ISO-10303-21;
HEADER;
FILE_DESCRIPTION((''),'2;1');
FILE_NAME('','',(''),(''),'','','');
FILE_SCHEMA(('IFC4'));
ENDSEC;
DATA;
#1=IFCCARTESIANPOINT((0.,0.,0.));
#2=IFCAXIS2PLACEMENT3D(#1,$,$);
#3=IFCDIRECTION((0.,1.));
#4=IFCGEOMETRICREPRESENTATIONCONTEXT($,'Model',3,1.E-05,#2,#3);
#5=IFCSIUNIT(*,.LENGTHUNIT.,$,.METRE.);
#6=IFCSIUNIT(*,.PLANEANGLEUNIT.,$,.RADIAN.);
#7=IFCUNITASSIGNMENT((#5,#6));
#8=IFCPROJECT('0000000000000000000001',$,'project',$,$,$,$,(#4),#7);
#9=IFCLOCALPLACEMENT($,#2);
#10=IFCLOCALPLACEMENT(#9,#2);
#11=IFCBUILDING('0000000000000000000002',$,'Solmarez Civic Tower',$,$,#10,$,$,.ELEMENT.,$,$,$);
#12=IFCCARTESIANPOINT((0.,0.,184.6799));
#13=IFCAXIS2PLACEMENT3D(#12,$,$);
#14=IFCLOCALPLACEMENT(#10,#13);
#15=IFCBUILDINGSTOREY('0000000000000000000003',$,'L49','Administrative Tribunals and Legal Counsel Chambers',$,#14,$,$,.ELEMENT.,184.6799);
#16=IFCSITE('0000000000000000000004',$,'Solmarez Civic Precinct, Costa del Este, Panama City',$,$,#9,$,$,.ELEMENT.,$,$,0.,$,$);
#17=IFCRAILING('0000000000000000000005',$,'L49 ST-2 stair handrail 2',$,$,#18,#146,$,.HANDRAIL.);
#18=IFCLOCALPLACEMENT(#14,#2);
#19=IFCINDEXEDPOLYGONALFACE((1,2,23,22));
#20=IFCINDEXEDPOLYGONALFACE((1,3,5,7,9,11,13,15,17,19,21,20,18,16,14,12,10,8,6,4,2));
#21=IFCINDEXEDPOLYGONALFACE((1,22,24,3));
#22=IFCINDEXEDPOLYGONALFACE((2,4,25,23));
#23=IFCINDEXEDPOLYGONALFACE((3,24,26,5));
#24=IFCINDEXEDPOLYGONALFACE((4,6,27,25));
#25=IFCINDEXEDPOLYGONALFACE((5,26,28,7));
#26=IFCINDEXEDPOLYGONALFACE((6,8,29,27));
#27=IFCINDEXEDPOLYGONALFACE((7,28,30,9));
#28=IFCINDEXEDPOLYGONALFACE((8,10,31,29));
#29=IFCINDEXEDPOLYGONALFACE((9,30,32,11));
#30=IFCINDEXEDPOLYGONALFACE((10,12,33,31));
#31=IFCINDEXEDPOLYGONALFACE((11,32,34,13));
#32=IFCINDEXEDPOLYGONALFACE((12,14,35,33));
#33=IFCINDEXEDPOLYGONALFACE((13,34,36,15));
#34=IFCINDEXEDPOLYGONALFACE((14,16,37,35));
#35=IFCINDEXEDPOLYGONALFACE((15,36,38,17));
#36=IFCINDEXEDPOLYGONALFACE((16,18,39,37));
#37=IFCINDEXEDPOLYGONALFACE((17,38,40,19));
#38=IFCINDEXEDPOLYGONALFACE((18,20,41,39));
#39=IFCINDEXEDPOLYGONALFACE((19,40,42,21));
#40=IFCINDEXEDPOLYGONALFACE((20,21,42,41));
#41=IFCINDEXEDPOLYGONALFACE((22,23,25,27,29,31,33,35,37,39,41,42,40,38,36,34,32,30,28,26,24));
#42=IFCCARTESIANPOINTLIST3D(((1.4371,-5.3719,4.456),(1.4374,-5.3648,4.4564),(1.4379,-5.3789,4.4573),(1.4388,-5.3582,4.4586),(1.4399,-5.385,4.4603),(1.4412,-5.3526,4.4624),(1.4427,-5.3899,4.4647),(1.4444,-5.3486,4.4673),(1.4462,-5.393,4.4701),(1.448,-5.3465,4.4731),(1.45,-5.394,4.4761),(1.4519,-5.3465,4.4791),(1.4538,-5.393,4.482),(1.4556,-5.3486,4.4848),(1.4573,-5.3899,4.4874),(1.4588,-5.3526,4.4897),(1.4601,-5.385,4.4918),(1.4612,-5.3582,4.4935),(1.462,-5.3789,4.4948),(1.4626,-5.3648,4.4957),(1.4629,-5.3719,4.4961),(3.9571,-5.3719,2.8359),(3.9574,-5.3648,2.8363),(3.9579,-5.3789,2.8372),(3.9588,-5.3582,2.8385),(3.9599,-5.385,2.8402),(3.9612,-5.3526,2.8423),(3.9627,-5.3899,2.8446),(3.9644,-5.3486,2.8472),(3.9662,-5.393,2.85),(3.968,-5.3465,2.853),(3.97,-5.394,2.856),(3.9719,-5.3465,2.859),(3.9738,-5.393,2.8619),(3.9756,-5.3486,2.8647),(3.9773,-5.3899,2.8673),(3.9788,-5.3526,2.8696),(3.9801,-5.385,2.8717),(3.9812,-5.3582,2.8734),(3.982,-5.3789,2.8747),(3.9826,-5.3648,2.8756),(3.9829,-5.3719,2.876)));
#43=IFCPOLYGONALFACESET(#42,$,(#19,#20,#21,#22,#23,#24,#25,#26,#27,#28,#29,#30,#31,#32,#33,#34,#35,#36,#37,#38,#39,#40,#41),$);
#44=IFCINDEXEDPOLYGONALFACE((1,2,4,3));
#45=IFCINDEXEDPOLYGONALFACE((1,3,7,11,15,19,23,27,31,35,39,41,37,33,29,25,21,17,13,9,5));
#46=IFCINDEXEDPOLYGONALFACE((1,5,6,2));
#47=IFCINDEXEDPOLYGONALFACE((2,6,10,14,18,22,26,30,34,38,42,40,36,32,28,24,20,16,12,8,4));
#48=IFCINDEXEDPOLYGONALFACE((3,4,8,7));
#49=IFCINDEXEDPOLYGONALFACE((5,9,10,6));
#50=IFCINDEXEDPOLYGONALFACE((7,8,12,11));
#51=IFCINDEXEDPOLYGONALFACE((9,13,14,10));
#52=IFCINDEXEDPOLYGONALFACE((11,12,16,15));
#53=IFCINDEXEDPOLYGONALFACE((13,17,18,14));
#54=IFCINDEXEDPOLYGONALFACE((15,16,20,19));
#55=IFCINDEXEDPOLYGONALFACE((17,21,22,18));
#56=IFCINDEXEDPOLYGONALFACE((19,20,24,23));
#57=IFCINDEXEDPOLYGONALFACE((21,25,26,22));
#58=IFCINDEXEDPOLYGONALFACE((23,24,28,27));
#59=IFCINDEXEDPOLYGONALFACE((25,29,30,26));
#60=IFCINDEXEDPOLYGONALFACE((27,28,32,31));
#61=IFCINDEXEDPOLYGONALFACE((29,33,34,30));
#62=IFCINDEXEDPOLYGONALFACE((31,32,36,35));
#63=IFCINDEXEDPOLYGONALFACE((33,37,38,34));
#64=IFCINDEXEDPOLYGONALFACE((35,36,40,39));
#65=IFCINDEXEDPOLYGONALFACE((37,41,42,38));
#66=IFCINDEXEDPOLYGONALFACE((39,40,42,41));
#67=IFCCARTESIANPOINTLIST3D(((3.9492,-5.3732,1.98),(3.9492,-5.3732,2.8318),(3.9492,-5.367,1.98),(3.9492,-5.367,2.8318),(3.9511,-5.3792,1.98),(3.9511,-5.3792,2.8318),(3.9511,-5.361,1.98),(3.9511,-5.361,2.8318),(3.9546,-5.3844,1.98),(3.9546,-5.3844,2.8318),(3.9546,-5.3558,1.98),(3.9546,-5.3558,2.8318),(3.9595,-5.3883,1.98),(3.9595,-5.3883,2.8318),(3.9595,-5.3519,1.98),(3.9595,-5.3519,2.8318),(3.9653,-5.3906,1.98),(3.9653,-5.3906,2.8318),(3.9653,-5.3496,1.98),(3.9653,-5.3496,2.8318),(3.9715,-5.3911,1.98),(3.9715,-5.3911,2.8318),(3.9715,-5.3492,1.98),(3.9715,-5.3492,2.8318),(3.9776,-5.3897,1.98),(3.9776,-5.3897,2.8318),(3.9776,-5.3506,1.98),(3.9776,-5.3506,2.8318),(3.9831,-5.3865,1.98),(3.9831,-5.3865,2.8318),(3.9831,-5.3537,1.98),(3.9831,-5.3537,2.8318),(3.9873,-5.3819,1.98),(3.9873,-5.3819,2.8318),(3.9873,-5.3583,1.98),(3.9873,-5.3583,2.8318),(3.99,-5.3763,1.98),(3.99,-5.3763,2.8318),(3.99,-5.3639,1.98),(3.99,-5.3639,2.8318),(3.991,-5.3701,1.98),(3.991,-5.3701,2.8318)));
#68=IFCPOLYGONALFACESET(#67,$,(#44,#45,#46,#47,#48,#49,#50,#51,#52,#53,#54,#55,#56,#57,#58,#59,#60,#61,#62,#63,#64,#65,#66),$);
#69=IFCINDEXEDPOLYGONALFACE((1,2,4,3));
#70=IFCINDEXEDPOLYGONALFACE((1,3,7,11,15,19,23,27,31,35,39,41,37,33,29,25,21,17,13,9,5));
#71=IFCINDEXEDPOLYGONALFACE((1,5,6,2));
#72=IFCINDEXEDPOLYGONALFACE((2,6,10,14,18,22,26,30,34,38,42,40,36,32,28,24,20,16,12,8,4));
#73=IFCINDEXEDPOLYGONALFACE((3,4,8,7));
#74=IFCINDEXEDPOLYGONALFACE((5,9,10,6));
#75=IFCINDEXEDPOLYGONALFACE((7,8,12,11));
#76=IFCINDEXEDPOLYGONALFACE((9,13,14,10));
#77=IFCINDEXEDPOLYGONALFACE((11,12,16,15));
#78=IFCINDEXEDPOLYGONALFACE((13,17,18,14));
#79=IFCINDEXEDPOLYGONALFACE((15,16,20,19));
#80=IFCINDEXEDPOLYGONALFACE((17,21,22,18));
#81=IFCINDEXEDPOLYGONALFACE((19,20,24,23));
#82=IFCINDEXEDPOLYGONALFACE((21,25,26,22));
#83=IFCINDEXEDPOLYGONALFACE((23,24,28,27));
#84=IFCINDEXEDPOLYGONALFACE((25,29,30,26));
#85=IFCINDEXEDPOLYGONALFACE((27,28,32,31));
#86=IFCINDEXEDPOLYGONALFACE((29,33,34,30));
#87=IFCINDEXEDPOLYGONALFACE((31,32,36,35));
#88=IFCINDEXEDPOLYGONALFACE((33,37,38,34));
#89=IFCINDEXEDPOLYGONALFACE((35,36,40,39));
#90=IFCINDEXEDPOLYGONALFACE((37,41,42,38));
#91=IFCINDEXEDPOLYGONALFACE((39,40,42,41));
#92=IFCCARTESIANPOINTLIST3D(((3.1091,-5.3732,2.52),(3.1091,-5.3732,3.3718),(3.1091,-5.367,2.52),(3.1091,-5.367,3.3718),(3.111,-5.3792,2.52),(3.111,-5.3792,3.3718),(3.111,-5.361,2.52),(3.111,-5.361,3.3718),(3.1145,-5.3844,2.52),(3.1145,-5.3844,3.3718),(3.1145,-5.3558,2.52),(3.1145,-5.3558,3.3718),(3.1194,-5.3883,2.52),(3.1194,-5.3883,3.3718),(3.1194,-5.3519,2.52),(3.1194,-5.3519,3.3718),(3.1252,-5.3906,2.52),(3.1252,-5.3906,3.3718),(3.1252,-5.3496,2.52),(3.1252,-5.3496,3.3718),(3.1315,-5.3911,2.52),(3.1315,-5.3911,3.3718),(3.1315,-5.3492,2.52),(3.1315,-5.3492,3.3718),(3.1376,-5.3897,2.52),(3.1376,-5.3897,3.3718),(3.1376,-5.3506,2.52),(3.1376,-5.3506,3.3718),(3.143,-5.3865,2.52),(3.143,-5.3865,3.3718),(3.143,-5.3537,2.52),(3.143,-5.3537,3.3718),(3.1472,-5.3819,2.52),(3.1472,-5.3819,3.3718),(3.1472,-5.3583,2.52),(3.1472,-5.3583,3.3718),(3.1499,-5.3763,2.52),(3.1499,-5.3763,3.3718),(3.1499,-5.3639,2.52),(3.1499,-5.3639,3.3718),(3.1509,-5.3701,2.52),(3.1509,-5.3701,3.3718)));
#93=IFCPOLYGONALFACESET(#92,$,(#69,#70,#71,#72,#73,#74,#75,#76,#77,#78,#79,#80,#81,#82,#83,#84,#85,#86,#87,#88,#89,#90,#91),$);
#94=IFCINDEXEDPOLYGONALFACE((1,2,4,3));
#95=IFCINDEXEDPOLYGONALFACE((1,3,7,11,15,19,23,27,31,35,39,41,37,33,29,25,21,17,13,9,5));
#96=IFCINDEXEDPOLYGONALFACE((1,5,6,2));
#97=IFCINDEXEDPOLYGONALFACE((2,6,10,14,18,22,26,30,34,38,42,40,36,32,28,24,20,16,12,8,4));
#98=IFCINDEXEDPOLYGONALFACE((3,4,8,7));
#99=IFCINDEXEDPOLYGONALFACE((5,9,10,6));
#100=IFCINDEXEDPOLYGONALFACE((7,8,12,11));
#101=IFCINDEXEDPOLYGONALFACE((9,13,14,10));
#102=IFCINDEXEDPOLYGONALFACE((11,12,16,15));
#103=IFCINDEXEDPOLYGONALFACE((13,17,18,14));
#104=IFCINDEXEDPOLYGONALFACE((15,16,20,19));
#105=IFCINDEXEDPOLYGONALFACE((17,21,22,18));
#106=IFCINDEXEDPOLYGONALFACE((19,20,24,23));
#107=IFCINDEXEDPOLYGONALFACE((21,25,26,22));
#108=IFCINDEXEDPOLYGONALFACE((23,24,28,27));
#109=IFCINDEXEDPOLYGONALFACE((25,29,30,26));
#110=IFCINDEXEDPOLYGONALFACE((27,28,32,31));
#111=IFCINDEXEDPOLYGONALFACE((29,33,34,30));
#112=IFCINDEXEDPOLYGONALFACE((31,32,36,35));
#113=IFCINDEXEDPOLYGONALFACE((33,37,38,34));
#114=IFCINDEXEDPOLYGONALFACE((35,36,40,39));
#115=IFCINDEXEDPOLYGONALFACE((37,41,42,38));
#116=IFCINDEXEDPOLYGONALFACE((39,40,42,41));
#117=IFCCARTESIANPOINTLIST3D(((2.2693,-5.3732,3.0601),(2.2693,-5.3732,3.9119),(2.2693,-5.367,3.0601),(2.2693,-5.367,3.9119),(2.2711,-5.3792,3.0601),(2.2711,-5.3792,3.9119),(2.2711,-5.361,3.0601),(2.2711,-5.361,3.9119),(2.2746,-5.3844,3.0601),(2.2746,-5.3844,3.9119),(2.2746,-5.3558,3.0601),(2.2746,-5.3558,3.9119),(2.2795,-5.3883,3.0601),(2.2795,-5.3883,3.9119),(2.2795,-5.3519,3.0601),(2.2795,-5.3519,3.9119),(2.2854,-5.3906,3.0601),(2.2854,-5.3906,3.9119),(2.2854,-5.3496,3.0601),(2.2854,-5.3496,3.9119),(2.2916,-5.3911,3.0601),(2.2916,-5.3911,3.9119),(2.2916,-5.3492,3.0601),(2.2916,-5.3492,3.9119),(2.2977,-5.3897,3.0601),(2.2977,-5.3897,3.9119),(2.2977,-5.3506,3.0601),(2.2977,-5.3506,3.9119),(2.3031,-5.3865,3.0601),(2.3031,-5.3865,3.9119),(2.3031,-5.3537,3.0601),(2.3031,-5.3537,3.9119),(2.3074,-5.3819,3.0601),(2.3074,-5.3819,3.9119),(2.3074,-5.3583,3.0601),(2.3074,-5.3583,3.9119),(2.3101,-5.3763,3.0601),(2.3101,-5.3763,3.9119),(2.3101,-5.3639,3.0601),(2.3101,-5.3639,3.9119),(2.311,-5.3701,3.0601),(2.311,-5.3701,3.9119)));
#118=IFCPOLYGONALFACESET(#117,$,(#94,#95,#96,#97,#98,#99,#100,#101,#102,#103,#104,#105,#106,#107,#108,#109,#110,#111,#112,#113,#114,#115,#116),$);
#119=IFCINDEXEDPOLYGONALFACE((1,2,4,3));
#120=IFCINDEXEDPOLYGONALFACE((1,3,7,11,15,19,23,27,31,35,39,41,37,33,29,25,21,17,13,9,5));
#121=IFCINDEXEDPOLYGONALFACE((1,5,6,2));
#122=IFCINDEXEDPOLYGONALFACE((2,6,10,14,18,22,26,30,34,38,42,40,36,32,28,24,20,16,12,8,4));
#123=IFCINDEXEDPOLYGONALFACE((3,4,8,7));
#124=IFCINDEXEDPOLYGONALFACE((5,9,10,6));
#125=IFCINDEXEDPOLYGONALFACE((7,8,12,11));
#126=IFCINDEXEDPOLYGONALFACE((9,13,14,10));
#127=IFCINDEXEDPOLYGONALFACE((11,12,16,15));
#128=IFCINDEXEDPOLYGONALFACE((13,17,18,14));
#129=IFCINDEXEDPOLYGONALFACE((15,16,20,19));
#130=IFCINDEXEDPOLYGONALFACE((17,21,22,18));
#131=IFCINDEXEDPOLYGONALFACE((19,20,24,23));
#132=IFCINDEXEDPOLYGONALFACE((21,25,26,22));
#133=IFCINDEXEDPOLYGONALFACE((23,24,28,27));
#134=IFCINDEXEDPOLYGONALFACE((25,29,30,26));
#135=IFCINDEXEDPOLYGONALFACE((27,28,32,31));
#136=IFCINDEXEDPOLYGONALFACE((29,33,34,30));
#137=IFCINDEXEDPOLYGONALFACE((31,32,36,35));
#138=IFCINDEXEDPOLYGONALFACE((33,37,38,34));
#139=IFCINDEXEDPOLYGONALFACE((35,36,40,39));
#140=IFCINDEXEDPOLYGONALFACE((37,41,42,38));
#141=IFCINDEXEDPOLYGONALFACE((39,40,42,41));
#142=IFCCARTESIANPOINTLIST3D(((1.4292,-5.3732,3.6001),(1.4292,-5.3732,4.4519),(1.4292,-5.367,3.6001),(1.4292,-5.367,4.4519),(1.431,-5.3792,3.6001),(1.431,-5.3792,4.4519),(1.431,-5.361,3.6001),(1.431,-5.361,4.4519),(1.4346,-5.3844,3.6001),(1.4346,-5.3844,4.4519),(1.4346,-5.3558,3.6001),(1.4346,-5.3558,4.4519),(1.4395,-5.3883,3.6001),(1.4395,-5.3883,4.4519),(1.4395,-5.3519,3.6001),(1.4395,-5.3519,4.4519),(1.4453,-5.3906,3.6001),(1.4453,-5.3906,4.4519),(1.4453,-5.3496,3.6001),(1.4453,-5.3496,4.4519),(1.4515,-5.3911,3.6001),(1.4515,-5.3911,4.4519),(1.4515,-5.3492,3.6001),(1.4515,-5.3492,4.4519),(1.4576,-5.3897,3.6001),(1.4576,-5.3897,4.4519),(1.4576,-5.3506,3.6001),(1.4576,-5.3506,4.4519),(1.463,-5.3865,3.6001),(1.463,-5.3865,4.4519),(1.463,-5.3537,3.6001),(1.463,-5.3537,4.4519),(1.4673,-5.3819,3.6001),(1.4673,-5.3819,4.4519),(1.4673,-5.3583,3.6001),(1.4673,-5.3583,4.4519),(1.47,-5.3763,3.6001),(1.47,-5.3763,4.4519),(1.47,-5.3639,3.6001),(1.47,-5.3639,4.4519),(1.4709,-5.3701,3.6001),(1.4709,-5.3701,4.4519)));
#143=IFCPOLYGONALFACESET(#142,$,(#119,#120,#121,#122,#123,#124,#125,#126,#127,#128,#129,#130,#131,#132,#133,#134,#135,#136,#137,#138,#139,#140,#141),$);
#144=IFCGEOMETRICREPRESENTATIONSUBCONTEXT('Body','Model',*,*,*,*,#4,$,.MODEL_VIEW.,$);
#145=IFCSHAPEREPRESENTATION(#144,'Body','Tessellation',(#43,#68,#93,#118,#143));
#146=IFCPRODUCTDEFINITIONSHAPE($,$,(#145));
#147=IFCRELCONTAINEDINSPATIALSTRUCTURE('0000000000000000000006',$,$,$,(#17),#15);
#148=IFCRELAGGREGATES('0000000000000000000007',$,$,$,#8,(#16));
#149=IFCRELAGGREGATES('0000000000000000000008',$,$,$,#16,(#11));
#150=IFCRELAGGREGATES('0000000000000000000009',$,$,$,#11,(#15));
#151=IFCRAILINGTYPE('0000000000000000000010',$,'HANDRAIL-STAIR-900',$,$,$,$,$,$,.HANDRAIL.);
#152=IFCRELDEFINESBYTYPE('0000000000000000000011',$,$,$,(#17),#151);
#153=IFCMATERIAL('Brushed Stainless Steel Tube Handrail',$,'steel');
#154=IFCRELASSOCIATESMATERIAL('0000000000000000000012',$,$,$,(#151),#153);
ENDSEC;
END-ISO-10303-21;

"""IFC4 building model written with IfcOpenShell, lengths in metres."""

from ifc_helpers import new_model, si_unit, direction, frame, origin, origin_2d, place, context, subcontext, project, spatial, circle, extrude, material, type_object, element, save


model = new_model("IFC4")

# Units and contexts
model_context = context("Model", 3, precision=1e-05, world=origin(), true_north=direction((0.0, 1.0)))
body_context = subcontext(model_context, "Body", "Model", "MODEL_VIEW")
ifc_project = project(units=[si_unit("LENGTHUNIT", "METRE"), si_unit("PLANEANGLEUNIT", "RADIAN")], contexts=[model_context])

# Site, building, storey
site_placement = place(None, origin())
site = spatial("IfcSite", under=ifc_project, at=site_placement, Name="Solmarez Civic Precinct, Costa del Este, Panama City", CompositionType="ELEMENT", RefElevation=0.0)
building_placement = place(site_placement, origin())
building = spatial("IfcBuilding", under=site, at=building_placement, Name="Solmarez Civic Tower", CompositionType="ELEMENT")
storey_placement = place(building_placement, frame((0.0, 0.0, 184.6799)))
storey = spatial("IfcBuildingStorey", under=building, at=storey_placement, Name="L49", Description="Administrative Tribunals and Legal Counsel Chambers", CompositionType="ELEMENT", Elevation=184.6799)

# Railing
ifc_material_1 = material(Name="Brushed Stainless Steel Tube Handrail", Category="steel")
railing_type_1 = type_object("IfcRailingType", Name="HANDRAIL-STAIR-900", PredefinedType="HANDRAIL", material=ifc_material_1)
railing_1_placement = place(storey_placement, frame((3.97, -5.3701, 1.98)))
element("IfcRailing", 1, at=railing_1_placement, inside=storey, type_object=railing_type_1, Name="L49 ST-2 stair handrail 2", PredefinedType="HANDRAIL", context=body_context, shape_type="SweptSolid", body=[
    extrude(circle(Radius=0.0239, at=origin_2d()), frame((0.0, 0.0, 0.876), z_axis=(-0.841163, 0.0, 0.540782), x_axis=(0.0, -1.0, 0.0)), (0.0, 0.0, 1.0), 2.9958),
    extrude(circle(Radius=0.021, at=origin_2d()), origin(), (0.0, 0.0, 1.0), 0.8518),
    extrude(circle(Radius=0.021, at=origin_2d()), frame((-0.8401, 0.0, 0.54)), (0.0, 0.0, 1.0), 0.8518),
    extrude(circle(Radius=0.021, at=origin_2d()), frame((-1.6799, 0.0, 1.0801)), (0.0, 0.0, 1.0), 0.8518),
    extrude(circle(Radius=0.021, at=origin_2d()), frame((-2.52, 0.0, 1.6201)), (0.0, 0.0, 1.0), 0.8518),
])

save(model, "model.ifc")
